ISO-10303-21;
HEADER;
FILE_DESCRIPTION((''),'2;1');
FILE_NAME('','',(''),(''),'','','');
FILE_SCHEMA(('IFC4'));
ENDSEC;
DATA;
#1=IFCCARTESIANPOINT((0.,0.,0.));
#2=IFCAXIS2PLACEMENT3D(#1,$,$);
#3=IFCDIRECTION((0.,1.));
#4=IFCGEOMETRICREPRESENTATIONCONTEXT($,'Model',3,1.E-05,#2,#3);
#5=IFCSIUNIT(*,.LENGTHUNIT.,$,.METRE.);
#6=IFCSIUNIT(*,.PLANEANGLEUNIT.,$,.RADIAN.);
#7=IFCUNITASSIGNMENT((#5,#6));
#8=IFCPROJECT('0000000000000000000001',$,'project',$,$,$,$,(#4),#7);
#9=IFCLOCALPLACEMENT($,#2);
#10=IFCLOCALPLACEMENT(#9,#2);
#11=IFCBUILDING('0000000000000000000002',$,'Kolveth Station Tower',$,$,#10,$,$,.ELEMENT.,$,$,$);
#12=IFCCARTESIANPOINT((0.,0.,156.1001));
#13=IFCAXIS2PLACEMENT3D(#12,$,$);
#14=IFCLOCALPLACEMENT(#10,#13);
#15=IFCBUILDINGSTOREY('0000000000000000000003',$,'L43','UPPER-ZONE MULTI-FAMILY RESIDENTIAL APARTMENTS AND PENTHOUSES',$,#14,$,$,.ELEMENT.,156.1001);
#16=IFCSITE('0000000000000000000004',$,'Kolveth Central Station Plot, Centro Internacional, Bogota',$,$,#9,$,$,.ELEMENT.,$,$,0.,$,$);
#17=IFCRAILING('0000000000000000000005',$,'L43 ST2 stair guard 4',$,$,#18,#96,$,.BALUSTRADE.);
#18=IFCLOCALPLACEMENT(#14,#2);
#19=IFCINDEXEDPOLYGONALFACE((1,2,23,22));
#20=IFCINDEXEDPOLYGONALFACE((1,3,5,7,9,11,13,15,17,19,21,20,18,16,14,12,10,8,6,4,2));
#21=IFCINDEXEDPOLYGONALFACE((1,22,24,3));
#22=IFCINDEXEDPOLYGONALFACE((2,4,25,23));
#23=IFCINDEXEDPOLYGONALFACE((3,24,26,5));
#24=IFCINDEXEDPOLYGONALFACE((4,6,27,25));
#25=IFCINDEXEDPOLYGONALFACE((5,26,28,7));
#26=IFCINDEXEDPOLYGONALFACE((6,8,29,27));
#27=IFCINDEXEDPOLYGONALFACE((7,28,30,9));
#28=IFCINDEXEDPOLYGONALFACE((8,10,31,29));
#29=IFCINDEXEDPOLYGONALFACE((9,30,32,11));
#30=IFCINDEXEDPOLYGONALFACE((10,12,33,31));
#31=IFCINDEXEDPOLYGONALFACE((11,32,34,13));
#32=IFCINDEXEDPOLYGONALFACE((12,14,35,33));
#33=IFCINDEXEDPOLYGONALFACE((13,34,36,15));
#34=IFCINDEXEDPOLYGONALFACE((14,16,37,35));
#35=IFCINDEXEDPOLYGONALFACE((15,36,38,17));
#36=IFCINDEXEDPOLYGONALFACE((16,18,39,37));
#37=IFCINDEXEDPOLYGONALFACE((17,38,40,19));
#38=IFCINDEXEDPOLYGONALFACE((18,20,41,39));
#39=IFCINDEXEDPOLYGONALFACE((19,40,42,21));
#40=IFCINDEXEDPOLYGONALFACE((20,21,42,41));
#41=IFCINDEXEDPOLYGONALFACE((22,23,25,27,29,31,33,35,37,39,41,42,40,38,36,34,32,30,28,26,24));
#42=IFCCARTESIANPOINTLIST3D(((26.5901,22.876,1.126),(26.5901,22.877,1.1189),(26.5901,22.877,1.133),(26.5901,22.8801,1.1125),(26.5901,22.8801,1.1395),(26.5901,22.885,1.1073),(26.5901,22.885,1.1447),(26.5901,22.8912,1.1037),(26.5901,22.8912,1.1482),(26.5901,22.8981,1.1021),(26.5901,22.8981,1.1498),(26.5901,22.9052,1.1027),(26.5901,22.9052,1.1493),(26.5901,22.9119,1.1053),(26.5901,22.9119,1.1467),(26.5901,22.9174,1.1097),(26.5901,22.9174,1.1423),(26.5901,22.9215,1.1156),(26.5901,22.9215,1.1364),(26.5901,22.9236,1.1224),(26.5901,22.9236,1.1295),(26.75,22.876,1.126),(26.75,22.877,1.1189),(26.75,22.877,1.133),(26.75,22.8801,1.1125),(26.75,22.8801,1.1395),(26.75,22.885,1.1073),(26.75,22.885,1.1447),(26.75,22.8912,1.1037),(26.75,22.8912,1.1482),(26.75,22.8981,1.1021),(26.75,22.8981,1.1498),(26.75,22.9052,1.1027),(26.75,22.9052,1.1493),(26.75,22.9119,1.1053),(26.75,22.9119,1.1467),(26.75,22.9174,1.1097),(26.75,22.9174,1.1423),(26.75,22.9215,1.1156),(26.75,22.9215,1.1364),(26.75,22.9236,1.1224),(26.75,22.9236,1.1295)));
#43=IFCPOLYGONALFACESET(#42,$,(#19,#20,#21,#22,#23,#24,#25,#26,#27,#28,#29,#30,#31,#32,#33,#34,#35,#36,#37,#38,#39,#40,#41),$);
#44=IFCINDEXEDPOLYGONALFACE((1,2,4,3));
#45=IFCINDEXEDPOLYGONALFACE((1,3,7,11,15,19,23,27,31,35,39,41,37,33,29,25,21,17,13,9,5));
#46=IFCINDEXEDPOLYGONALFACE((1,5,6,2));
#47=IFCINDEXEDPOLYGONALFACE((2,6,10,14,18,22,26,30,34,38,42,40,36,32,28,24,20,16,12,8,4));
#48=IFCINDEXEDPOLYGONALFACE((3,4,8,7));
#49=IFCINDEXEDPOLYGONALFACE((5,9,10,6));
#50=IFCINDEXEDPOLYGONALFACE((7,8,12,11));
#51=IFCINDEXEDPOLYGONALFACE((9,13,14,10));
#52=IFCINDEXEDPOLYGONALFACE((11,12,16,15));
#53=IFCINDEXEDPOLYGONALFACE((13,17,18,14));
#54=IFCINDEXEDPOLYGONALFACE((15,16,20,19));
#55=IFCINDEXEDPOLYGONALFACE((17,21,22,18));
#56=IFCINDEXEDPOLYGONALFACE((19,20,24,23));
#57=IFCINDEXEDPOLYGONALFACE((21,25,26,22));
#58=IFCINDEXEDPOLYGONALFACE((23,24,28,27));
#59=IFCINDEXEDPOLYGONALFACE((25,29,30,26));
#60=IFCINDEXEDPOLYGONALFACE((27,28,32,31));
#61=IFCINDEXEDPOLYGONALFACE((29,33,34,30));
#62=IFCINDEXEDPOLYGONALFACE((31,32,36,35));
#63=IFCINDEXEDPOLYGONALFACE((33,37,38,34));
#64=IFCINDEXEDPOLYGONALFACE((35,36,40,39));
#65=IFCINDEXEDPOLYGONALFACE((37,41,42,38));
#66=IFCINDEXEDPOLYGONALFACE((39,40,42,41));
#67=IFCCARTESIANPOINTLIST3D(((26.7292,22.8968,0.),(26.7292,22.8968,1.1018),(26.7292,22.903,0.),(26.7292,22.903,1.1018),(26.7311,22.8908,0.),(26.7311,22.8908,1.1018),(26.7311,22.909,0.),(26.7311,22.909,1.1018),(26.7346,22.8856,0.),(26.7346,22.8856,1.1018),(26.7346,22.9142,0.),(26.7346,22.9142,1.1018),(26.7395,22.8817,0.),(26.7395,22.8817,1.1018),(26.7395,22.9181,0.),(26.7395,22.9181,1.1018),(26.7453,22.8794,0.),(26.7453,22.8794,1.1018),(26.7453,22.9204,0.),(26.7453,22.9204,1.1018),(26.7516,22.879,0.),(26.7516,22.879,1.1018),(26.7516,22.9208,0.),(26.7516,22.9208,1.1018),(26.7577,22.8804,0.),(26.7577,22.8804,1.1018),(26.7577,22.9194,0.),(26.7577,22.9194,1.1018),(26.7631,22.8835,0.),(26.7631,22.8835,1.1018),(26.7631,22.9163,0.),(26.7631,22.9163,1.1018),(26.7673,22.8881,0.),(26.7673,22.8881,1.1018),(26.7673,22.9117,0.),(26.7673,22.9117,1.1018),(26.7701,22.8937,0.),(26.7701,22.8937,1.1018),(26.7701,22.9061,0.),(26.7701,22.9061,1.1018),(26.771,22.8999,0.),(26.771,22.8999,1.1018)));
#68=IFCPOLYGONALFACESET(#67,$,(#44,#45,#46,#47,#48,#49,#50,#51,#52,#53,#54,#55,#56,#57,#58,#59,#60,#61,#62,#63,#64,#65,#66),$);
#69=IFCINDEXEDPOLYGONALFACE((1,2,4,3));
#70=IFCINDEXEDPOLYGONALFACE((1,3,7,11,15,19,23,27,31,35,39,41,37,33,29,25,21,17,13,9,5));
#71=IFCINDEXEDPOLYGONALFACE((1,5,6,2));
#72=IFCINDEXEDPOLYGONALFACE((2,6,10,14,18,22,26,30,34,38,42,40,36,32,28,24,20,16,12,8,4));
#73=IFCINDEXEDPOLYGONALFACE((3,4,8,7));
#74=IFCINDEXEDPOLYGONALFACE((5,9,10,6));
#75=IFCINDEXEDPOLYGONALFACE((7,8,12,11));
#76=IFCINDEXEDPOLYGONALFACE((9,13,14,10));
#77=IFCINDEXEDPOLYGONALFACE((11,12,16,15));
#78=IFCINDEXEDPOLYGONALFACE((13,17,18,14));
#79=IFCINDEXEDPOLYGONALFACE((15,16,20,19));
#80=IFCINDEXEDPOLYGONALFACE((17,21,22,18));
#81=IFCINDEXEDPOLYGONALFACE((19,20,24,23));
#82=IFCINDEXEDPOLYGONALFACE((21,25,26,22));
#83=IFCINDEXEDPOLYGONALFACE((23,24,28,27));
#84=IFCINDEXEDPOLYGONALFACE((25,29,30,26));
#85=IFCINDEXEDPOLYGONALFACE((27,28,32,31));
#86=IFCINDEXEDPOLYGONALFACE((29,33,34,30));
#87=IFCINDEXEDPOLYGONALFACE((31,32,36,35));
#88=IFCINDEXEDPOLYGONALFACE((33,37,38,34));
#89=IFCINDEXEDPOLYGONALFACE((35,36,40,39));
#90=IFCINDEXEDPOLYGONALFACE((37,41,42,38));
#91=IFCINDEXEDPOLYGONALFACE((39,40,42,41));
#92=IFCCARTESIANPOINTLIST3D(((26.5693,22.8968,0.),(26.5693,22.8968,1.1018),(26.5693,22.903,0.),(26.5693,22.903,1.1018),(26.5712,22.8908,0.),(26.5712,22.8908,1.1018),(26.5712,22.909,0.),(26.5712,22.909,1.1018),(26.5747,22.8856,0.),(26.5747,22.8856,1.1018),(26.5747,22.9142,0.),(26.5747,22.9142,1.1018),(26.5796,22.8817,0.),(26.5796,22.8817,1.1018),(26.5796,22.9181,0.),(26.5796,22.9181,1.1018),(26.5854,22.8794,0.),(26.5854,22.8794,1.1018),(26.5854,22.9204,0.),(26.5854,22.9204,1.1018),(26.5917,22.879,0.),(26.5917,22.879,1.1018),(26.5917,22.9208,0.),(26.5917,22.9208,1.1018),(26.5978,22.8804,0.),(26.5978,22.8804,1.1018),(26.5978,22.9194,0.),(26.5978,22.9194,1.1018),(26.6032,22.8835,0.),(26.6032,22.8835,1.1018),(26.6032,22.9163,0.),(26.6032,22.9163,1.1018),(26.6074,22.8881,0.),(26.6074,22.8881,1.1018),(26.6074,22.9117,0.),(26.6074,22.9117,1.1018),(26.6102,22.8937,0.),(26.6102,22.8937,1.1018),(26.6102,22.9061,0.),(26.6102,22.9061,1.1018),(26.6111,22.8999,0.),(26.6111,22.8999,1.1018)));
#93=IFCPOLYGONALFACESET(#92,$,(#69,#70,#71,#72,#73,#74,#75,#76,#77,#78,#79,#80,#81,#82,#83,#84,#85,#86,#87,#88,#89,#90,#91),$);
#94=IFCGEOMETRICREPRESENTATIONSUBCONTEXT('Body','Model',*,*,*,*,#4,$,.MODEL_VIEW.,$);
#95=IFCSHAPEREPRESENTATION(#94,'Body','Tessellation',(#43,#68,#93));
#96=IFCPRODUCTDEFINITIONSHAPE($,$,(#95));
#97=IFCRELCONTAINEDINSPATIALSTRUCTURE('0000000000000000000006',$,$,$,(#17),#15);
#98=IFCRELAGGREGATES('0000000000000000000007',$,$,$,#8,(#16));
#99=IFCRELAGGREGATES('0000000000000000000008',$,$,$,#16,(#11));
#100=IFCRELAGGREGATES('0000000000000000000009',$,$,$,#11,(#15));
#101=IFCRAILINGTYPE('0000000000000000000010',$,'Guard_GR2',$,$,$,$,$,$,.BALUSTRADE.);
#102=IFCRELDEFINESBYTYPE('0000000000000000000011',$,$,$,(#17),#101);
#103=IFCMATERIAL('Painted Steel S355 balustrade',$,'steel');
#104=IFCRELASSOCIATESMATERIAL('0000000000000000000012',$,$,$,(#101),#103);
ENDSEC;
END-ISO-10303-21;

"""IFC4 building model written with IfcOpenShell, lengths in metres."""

from ifc_helpers import new_model, si_unit, direction, frame, origin, origin_2d, place, context, subcontext, project, spatial, circle, extrude, material, type_object, element, save


model = new_model("IFC4")

# Units and contexts
model_context = context("Model", 3, precision=1e-05, world=origin(), true_north=direction((0.0, 1.0)))
body_context = subcontext(model_context, "Body", "Model", "MODEL_VIEW")
ifc_project = project(units=[si_unit("LENGTHUNIT", "METRE"), si_unit("PLANEANGLEUNIT", "RADIAN")], contexts=[model_context])

# Site, building, storey
site_placement = place(None, origin())
site = spatial("IfcSite", under=ifc_project, at=site_placement, Name="Kolveth Central Station Plot, Centro Internacional, Bogota", CompositionType="ELEMENT", RefElevation=0.0)
building_placement = place(site_placement, origin())
building = spatial("IfcBuilding", under=site, at=building_placement, Name="Kolveth Station Tower", CompositionType="ELEMENT")
storey_placement = place(building_placement, frame((0.0, 0.0, 156.1001)))
storey = spatial("IfcBuildingStorey", under=building, at=storey_placement, Name="L43", Description="UPPER-ZONE MULTI-FAMILY RESIDENTIAL APARTMENTS AND PENTHOUSES", CompositionType="ELEMENT", Elevation=156.1001)

# Railing
ifc_material_1 = material(Name="Painted Steel S355 balustrade", Category="steel")
railing_type_1 = type_object("IfcRailingType", Name="Guard_GR2", PredefinedType="BALUSTRADE", material=ifc_material_1)
railing_1_placement = place(storey_placement, frame((26.75, 22.8999, 0.0)))
element("IfcRailing", 1, at=railing_1_placement, inside=storey, type_object=railing_type_1, Name="L43 ST2 stair guard 4", PredefinedType="BALUSTRADE", context=body_context, shape_type="SweptSolid", body=[
    extrude(circle(Radius=0.0239, at=origin_2d()), frame((0.0, 0.0, 1.126), z_axis=(-1.0, 0.0, 0.0), x_axis=(0.0, -1.0, 0.0)), (0.0, 0.0, 1.0), 0.1599),
    extrude(circle(Radius=0.021, at=origin_2d()), origin(), (0.0, 0.0, 1.0), 1.1018),
    extrude(circle(Radius=0.021, at=origin_2d()), frame((-0.1599, 0.0, 0.0)), (0.0, 0.0, 1.0), 1.1018),
])

save(model, "model.ifc")
